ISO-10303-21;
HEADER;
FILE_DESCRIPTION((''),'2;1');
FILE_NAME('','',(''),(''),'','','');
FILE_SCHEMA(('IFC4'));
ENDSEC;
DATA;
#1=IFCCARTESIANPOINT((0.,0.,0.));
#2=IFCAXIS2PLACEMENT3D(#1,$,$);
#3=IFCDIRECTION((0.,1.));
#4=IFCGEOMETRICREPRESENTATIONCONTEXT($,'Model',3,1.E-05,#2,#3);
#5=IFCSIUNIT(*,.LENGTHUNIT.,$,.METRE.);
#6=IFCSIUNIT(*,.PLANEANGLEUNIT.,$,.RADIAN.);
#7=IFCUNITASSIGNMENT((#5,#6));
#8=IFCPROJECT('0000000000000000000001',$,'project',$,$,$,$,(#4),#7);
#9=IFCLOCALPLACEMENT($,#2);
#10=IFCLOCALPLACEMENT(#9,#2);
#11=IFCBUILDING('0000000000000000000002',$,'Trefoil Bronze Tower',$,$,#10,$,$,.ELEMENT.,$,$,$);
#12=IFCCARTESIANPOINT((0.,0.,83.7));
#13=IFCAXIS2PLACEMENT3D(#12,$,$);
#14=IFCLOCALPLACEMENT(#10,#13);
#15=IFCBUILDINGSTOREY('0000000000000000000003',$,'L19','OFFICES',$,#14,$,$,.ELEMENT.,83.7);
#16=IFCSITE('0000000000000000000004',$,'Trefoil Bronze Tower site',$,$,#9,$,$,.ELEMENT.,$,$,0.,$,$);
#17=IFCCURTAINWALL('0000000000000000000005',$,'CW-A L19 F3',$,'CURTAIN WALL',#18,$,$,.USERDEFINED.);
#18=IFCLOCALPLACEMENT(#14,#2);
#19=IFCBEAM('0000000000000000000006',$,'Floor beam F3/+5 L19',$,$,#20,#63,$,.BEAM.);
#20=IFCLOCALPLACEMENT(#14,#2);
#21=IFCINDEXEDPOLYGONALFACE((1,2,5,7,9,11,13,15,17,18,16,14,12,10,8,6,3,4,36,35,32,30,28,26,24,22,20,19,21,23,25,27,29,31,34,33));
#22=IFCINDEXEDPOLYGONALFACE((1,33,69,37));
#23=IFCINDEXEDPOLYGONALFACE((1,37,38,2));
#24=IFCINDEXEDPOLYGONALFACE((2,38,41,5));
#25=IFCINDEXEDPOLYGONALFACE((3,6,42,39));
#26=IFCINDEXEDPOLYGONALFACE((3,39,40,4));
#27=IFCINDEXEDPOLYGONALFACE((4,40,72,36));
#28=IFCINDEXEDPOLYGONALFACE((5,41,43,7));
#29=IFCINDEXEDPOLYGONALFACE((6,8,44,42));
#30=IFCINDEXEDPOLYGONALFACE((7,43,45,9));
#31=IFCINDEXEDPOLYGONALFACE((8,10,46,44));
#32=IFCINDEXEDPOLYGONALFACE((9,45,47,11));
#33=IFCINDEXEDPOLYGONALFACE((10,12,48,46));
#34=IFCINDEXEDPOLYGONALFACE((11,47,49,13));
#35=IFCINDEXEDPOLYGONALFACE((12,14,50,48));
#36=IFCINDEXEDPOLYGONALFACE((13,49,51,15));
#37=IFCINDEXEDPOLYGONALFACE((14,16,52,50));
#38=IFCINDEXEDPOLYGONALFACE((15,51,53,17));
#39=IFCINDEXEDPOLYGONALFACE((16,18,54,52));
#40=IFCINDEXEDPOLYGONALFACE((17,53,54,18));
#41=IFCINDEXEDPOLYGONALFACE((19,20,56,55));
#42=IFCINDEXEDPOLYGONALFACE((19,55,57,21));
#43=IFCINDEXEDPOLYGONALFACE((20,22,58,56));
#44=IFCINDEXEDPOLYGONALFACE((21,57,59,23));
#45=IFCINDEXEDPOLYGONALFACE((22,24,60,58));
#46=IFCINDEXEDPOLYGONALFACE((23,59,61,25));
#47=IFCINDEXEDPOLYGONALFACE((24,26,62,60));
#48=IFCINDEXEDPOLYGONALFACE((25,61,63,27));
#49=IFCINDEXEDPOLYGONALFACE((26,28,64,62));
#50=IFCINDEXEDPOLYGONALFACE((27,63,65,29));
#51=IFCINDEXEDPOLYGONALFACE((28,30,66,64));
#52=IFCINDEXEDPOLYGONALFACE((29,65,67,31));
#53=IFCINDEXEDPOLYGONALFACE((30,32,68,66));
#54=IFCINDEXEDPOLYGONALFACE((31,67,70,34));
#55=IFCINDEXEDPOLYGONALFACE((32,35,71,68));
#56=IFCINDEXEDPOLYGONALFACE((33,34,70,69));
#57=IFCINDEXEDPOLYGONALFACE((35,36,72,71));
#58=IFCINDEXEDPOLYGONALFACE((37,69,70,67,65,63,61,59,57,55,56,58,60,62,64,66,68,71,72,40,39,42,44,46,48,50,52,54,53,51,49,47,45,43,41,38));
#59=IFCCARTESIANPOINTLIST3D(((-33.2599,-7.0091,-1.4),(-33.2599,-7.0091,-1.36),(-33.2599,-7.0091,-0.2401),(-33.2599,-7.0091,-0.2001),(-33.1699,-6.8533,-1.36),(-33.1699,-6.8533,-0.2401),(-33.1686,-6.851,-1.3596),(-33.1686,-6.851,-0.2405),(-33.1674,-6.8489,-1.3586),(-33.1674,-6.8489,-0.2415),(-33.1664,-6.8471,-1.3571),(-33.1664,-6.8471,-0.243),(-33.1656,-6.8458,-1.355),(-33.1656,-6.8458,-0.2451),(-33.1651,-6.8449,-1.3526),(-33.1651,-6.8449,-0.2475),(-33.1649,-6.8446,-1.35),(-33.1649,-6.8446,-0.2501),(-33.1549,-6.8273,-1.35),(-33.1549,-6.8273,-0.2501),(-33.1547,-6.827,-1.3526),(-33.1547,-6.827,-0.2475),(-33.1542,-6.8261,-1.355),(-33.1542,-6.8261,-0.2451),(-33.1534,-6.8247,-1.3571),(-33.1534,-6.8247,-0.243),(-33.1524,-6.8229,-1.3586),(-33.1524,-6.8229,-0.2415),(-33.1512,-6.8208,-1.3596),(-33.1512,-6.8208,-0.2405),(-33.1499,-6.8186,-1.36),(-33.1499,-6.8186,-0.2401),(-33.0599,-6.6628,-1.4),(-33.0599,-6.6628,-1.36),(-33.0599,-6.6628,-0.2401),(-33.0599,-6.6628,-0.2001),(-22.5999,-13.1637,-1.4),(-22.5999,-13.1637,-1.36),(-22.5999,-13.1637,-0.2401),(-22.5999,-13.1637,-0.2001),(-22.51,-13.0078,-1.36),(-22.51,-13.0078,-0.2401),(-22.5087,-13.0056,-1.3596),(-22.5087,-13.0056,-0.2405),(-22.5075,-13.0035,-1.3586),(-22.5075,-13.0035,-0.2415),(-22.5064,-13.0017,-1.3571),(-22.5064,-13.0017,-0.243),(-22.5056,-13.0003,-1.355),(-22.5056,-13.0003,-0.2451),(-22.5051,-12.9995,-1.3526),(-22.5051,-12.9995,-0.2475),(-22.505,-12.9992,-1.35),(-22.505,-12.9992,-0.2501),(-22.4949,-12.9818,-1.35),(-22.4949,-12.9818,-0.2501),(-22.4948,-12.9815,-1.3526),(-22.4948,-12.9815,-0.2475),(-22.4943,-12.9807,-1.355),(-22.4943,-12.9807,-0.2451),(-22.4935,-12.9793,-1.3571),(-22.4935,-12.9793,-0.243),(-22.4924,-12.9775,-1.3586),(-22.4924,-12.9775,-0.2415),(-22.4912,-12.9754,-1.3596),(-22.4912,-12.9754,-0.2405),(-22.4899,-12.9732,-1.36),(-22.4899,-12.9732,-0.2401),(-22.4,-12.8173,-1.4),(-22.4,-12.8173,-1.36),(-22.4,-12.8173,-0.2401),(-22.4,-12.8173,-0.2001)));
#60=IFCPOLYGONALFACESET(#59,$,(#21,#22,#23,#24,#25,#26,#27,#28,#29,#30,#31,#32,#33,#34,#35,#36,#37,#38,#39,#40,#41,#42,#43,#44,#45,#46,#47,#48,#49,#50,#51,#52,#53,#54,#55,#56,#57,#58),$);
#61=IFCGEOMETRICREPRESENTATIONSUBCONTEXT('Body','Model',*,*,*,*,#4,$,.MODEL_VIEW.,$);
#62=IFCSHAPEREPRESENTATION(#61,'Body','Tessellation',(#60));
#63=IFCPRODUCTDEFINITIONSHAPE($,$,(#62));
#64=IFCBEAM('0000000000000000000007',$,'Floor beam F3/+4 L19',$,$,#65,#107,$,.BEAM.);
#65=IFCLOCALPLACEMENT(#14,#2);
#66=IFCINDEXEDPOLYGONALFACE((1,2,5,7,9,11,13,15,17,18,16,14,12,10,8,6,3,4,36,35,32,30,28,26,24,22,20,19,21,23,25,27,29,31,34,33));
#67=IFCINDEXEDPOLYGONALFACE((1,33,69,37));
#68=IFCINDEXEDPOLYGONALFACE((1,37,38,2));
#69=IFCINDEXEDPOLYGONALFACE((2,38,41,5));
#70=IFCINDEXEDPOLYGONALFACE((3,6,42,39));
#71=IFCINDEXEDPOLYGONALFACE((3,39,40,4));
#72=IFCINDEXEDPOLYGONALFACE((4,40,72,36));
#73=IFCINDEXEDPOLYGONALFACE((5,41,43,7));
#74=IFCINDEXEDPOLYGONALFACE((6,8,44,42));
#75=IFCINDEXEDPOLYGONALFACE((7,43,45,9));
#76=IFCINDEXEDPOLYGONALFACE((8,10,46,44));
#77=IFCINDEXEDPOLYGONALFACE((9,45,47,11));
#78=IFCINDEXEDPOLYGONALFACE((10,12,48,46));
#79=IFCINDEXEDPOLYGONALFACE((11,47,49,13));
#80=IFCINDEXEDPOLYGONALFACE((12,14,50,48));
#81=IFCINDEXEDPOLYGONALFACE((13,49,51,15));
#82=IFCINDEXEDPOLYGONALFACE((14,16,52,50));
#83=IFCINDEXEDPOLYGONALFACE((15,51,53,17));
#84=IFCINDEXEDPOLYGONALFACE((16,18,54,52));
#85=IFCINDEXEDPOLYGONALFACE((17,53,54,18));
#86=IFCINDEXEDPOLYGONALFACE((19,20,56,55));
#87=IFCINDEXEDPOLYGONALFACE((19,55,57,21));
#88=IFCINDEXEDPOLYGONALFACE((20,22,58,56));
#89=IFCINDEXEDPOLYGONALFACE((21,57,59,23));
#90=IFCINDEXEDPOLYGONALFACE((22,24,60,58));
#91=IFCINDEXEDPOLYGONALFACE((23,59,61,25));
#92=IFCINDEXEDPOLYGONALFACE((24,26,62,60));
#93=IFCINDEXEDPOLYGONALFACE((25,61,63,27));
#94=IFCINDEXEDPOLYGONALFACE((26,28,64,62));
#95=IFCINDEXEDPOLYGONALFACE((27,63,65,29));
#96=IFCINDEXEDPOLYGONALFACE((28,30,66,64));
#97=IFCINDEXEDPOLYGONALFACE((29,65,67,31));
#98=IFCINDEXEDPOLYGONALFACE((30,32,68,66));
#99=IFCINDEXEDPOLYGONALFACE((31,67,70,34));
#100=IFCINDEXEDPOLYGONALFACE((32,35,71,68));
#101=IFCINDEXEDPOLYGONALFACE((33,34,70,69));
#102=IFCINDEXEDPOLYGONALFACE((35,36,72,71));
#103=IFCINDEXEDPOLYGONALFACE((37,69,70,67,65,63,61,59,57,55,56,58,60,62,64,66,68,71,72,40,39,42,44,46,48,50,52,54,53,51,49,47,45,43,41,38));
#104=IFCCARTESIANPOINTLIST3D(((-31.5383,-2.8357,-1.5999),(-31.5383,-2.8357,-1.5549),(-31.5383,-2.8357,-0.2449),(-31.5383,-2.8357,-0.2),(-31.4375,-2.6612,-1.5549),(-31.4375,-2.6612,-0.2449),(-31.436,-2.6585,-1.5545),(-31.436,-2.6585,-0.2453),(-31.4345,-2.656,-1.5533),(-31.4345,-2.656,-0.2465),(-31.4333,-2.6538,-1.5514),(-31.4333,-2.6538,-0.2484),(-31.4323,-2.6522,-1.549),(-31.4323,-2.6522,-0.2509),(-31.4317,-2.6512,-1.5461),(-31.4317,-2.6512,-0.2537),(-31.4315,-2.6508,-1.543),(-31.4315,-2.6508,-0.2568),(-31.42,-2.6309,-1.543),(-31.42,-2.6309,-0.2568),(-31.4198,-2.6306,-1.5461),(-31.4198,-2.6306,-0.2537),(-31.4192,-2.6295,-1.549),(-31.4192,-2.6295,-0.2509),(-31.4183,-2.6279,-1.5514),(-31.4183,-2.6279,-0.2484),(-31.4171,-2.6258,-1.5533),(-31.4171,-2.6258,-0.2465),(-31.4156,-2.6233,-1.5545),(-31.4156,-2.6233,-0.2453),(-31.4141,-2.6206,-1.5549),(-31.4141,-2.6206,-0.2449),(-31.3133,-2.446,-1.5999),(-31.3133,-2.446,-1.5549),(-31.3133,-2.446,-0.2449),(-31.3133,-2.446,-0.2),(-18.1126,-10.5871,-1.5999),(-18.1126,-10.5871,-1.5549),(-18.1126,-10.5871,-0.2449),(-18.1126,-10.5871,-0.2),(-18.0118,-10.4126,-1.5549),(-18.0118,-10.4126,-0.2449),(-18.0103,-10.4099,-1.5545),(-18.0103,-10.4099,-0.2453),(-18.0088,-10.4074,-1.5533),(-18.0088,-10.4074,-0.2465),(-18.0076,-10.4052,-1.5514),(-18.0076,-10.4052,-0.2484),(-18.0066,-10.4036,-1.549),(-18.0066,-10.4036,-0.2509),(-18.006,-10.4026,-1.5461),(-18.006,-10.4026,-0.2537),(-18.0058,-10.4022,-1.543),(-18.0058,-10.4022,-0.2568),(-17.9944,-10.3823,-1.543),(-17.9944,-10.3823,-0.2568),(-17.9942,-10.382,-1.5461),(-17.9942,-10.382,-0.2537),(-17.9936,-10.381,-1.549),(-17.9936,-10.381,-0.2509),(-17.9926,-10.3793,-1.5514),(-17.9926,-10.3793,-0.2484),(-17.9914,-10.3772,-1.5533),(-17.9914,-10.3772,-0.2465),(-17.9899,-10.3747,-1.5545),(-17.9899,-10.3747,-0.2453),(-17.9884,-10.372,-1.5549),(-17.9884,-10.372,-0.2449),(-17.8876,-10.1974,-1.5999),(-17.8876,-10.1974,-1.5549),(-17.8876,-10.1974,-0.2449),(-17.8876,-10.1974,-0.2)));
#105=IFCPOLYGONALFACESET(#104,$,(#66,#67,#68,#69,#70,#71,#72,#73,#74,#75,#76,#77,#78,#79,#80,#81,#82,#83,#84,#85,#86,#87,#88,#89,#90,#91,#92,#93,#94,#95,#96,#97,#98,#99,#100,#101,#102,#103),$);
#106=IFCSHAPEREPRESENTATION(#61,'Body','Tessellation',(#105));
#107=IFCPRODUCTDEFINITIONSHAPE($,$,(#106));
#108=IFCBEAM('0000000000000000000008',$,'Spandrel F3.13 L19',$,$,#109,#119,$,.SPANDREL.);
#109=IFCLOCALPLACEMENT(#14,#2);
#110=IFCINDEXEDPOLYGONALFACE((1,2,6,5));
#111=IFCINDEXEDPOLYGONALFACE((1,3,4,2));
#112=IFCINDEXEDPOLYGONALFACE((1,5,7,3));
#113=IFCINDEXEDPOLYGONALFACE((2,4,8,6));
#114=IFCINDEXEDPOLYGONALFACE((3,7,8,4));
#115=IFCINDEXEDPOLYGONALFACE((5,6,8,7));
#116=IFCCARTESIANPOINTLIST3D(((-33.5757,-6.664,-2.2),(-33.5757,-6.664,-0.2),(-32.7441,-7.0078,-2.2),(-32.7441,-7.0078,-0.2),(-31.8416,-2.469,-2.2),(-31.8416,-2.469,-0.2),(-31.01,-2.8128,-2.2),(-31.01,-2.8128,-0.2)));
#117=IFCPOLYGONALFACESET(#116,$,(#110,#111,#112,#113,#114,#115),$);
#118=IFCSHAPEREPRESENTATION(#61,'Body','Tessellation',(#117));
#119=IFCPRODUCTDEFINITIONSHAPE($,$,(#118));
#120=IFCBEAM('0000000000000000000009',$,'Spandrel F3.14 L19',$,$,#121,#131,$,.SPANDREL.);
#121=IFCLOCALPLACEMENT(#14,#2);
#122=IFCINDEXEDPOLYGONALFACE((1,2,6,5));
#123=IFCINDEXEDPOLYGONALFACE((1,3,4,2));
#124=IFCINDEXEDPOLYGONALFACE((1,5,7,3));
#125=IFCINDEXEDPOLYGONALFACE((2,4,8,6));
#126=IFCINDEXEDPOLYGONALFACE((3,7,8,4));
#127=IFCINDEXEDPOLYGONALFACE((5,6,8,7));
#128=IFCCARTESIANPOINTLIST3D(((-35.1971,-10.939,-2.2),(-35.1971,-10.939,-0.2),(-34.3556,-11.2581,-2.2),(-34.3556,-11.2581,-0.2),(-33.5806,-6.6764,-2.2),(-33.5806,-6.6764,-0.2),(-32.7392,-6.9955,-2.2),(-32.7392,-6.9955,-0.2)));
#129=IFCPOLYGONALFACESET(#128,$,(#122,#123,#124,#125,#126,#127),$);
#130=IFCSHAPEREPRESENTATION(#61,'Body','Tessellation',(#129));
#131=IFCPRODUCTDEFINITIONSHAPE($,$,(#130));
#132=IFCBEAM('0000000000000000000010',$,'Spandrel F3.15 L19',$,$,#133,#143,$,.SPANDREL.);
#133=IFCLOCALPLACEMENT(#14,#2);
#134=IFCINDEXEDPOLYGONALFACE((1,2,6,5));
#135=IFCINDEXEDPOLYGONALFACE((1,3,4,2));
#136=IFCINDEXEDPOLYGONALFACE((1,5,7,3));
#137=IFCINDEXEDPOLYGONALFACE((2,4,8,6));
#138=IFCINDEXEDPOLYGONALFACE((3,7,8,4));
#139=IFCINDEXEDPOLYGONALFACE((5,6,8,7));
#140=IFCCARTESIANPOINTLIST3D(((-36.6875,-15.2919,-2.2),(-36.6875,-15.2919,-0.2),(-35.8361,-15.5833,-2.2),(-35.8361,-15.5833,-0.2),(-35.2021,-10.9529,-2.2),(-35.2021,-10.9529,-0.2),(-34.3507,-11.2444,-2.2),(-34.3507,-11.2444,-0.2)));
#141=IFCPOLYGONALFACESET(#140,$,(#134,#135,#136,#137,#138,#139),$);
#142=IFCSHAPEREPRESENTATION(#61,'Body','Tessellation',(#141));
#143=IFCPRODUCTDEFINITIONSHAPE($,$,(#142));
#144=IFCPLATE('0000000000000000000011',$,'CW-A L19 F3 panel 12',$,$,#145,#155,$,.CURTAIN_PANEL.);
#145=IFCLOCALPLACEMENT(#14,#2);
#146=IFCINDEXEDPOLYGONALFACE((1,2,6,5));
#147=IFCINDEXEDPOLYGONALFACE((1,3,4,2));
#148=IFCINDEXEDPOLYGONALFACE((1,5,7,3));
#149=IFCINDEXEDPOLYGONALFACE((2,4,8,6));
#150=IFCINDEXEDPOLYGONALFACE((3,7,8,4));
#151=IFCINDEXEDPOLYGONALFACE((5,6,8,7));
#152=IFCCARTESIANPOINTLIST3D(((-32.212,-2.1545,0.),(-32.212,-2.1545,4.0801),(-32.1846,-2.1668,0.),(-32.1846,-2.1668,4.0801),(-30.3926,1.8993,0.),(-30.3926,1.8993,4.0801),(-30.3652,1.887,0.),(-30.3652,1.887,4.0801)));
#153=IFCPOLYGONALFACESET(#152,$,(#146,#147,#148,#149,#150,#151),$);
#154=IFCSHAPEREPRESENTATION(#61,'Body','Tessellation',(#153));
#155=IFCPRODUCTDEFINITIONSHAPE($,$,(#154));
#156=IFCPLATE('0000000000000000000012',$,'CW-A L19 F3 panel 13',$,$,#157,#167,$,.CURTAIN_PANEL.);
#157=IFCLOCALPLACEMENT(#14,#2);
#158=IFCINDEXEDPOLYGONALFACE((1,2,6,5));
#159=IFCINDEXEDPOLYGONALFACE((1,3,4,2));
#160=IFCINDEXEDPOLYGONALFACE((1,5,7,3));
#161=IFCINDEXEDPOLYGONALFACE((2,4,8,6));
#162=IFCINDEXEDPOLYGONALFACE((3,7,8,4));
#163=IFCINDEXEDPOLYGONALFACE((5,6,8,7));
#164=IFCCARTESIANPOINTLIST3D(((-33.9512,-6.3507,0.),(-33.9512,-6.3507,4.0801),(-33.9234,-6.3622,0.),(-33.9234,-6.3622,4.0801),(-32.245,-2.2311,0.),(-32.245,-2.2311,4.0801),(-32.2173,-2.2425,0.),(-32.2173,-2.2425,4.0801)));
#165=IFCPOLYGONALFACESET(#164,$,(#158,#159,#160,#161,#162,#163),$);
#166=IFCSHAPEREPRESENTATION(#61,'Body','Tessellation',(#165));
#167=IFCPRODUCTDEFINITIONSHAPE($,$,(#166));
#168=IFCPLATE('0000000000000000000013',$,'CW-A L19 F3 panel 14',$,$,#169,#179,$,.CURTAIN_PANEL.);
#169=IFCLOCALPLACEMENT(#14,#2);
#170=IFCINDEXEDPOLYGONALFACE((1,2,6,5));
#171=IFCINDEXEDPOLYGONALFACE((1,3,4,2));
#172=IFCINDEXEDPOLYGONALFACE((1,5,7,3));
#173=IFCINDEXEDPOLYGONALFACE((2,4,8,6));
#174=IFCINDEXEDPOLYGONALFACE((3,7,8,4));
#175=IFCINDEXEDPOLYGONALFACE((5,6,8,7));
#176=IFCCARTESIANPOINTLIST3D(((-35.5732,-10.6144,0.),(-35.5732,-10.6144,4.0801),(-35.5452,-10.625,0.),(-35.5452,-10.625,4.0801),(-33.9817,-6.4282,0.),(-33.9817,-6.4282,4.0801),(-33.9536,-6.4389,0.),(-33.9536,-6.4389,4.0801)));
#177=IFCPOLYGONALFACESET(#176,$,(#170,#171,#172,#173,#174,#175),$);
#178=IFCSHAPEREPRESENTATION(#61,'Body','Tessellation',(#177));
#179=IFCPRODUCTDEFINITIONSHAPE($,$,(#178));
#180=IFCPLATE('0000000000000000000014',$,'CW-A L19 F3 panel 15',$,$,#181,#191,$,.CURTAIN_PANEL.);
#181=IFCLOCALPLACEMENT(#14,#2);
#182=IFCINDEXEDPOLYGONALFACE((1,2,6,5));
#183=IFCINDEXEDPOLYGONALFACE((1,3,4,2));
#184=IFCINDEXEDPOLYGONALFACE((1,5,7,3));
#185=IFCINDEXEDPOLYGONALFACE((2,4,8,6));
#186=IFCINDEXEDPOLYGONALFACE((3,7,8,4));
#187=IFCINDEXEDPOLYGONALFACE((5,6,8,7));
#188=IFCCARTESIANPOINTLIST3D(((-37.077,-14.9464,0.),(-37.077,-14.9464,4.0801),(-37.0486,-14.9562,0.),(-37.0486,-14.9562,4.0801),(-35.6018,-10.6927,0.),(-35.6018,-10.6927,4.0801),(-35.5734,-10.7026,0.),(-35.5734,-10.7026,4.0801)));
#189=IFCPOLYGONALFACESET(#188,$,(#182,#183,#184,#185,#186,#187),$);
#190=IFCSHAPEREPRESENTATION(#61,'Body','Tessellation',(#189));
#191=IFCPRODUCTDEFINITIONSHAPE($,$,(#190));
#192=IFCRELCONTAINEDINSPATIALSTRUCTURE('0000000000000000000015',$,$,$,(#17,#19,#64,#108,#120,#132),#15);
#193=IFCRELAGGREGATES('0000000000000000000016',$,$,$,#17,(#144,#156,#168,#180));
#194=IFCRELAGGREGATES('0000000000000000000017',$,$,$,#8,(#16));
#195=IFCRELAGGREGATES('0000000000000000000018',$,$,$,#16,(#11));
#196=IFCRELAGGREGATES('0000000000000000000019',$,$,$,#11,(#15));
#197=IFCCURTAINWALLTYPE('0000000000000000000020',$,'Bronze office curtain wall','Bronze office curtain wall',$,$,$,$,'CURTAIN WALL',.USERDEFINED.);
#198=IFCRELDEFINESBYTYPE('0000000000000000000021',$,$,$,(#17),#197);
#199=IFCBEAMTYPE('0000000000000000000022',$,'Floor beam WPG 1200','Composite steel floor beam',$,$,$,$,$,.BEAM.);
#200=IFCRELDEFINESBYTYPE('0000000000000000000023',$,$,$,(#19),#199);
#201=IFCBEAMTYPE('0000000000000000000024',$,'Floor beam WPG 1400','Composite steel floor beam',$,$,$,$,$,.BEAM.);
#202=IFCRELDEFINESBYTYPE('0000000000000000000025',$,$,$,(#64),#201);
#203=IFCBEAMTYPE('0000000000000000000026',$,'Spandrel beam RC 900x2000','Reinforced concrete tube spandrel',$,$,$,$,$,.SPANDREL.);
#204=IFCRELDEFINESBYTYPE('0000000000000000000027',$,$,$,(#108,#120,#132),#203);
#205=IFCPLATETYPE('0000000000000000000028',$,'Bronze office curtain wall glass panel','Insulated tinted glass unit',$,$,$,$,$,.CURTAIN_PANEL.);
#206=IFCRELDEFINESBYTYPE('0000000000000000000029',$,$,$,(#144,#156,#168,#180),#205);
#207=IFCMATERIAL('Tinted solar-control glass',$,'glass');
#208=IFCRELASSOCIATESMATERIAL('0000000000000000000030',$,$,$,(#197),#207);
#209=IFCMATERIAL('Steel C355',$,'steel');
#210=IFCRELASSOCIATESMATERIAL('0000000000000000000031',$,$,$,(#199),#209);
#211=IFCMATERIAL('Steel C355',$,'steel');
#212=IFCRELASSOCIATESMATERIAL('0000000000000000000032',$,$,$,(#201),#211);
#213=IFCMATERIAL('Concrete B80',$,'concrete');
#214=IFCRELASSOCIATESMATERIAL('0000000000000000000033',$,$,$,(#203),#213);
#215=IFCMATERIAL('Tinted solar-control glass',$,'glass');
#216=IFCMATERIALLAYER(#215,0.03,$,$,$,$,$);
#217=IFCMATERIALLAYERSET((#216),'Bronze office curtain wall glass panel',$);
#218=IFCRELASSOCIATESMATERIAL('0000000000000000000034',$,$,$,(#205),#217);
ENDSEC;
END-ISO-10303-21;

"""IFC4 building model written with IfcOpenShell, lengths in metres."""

from ifc_helpers import new_model, si_unit, direction, frame, origin, origin_2d, place, context, subcontext, project, spatial, rectangle, i_section, extrude, material, layer, layer_set, material_profile, profile_set, type_object, element, aggregate, save


model = new_model("IFC4")

# Units and contexts
model_context = context("Model", 3, precision=1e-05, world=origin(), true_north=direction((0.0, 1.0)))
body_context = subcontext(model_context, "Body", "Model", "MODEL_VIEW")
ifc_project = project(units=[si_unit("LENGTHUNIT", "METRE"), si_unit("PLANEANGLEUNIT", "RADIAN")], contexts=[model_context])

# Site, building, storey
site_placement = place(None, origin())
site = spatial("IfcSite", under=ifc_project, at=site_placement, Name="Trefoil Bronze Tower site", CompositionType="ELEMENT", RefElevation=0.0)
building_placement = place(site_placement, origin())
building = spatial("IfcBuilding", under=site, at=building_placement, Name="Trefoil Bronze Tower", CompositionType="ELEMENT")
storey_placement = place(building_placement, frame((0.0, 0.0, 83.7)))
storey = spatial("IfcBuildingStorey", under=building, at=storey_placement, Name="L19", Description="OFFICES", CompositionType="ELEMENT", Elevation=83.7)

# Curtain wall
ifc_material_1 = material(Name="Tinted solar-control glass", Category="glass")
curtain_wall_type_1 = type_object("IfcCurtainWallType", Name="Bronze office curtain wall", Description="Bronze office curtain wall", ElementType="CURTAIN WALL", PredefinedType="USERDEFINED", material=ifc_material_1)
curtain_wall_1_placement = place(storey_placement, origin())
curtain_wall_1 = element("IfcCurtainWall", 1, at=curtain_wall_1_placement, inside=storey, type_object=curtain_wall_type_1, Name="CW-A L19 F3", ObjectType="CURTAIN WALL", PredefinedType="USERDEFINED")

# Beams
ifc_material_2 = material(Name="Steel C355", Category="steel")
ifc_material_profile_1 = material_profile(ifc_material_2, i_section(OverallWidth=0.3999, OverallDepth=1.2, WebThickness=0.02, FlangeThickness=0.04, FilletRadius=0.01, at=origin_2d()), Name="WPG 1200")
ifc_profile_set_1 = profile_set([ifc_material_profile_1], Name="Steel C355")
beam_type_1 = type_object("IfcBeamType", Name="Floor beam WPG 1200", Description="Composite steel floor beam", PredefinedType="BEAM", material=ifc_profile_set_1)
beam_1_placement = place(storey_placement, frame((-33.1599, -6.8359, -0.8), z_axis=(0.866024, -0.500002, 0.0), x_axis=(0.500002, 0.866024, 0.0)))
element("IfcBeam", 2, at=beam_1_placement, inside=storey, type_object=beam_type_1, Name="Floor beam F3/+5 L19", PredefinedType="BEAM", context=body_context, shape_type="SweptSolid", body=[
    extrude(i_section(OverallWidth=0.3999, OverallDepth=1.2, WebThickness=0.02, FlangeThickness=0.04, FilletRadius=0.01, at=origin_2d()), origin(), (0.0, 0.0, 1.0), 12.3091),
])
ifc_material_3 = material(Name="Steel C355", Category="steel")
ifc_material_profile_2 = material_profile(ifc_material_3, i_section(OverallWidth=0.45, OverallDepth=1.3999, WebThickness=0.0229, FlangeThickness=0.0449, FilletRadius=0.012, at=origin_2d()), Name="WPG 1400")
ifc_profile_set_2 = profile_set([ifc_material_profile_2], Name="Steel C355")
beam_type_2 = type_object("IfcBeamType", Name="Floor beam WPG 1400", Description="Composite steel floor beam", PredefinedType="BEAM", material=ifc_profile_set_2)
beam_2_placement = place(storey_placement, frame((-31.4258, -2.6409, -0.8999), z_axis=(0.866023, -0.500004, 0.0), x_axis=(0.500004, 0.866023, 0.0)))
element("IfcBeam", 3, at=beam_2_placement, inside=storey, type_object=beam_type_2, Name="Floor beam F3/+4 L19", PredefinedType="BEAM", context=body_context, shape_type="SweptSolid", body=[
    extrude(i_section(OverallWidth=0.45, OverallDepth=1.3999, WebThickness=0.0229, FlangeThickness=0.0449, FilletRadius=0.012, at=origin_2d()), origin(), (0.0, 0.0, 1.0), 15.5027),
])
ifc_material_4 = material(Name="Concrete B80", Category="concrete")
ifc_material_profile_3 = material_profile(ifc_material_4, rectangle(XDim=0.8999, YDim=2.0, at=origin_2d()), Name="RC 900x2000")
ifc_profile_set_3 = profile_set([ifc_material_profile_3], Name="Concrete B80")
beam_type_3 = type_object("IfcBeamType", Name="Spandrel beam RC 900x2000", Description="Reinforced concrete tube spandrel", PredefinedType="SPANDREL", material=ifc_profile_set_3)
beam_3_placement = place(storey_placement, frame((-31.4258, -2.6409, -1.2), z_axis=(-0.382021, -0.924154, 0.0), x_axis=(0.924154, -0.382021, 0.0)))
element("IfcBeam", 4, at=beam_3_placement, inside=storey, type_object=beam_type_3, Name="Spandrel F3.13 L19", PredefinedType="SPANDREL", context=body_context, shape_type="SweptSolid", body=[
    extrude(rectangle(XDim=0.8999, YDim=2.0, at=origin_2d()), origin(), (0.0, 0.0, 1.0), 4.5393),
])
beam_4_placement = place(storey_placement, frame((-33.1599, -6.8359, -1.2), z_axis=(-0.354572, -0.935029, 0.0), x_axis=(0.935029, -0.354572, 0.0)))
element("IfcBeam", 5, at=beam_4_placement, inside=storey, type_object=beam_type_3, Name="Spandrel F3.14 L19", PredefinedType="SPANDREL", context=body_context, shape_type="SweptSolid", body=[
    extrude(rectangle(XDim=0.8999, YDim=2.0, at=origin_2d()), origin(), (0.0, 0.0, 1.0), 4.5588),
])
beam_5_placement = place(storey_placement, frame((-34.7764, -11.0986, -1.2), z_axis=(-0.323883, -0.946097, 0.0), x_axis=(0.946097, -0.323883, 0.0)))
element("IfcBeam", 6, at=beam_5_placement, inside=storey, type_object=beam_type_3, Name="Spandrel F3.15 L19", PredefinedType="SPANDREL", context=body_context, shape_type="SweptSolid", body=[
    extrude(rectangle(XDim=0.8999, YDim=2.0, at=origin_2d()), origin(), (0.0, 0.0, 1.0), 4.5862),
])

# Plates
ifc_material_5 = material(Name="Tinted solar-control glass", Category="glass")
ifc_layer_1 = layer(ifc_material_5, 0.03)
ifc_layer_set_1 = layer_set([ifc_layer_1], Name="Bronze office curtain wall glass panel")
plate_type_1 = type_object("IfcPlateType", Name="Bronze office curtain wall glass panel", Description="Insulated tinted glass unit", PredefinedType="CURTAIN_PANEL", material=ifc_layer_set_1)
plate_1_placement = place(storey_placement, frame((-31.2886, -0.1338, 0.0), z_axis=(0.0, 0.0, 1.0), x_axis=(-0.409456, -0.91233, 0.0)))
plate_1 = element("IfcPlate", 7, at=plate_1_placement, type_object=plate_type_1, Name="CW-A L19 F3 panel 12", PredefinedType="CURTAIN_PANEL", context=body_context, shape_type="SweptSolid", body=[
    extrude(rectangle(XDim=4.4434, YDim=0.03, at=origin_2d()), origin(), (0.0, 0.0, 1.0), 4.0801),
])
plate_2_placement = place(storey_placement, frame((-33.0842, -4.2966, 0.0), z_axis=(0.0, 0.0, 1.0), x_axis=(-0.38263, -0.923902, 0.0)))
plate_2 = element("IfcPlate", 8, at=plate_2_placement, type_object=plate_type_1, Name="CW-A L19 F3 panel 13", PredefinedType="CURTAIN_PANEL", context=body_context, shape_type="SweptSolid", body=[
    extrude(rectangle(XDim=4.459, YDim=0.03, at=origin_2d()), origin(), (0.0, 0.0, 1.0), 4.0801),
])
plate_3_placement = place(storey_placement, frame((-34.7634, -8.5266, 0.0), z_axis=(0.0, 0.0, 1.0), x_axis=(-0.355371, -0.934725, 0.0)))
plate_3 = element("IfcPlate", 9, at=plate_3_placement, type_object=plate_type_1, Name="CW-A L19 F3 panel 14", PredefinedType="CURTAIN_PANEL", context=body_context, shape_type="SweptSolid", body=[
    extrude(rectangle(XDim=4.4785, YDim=0.03, at=origin_2d()), origin(), (0.0, 0.0, 1.0), 4.0801),
])
plate_4_placement = place(storey_placement, frame((-36.3252, -12.8245, 0.0), z_axis=(0.0, 0.0, 1.0), x_axis=(-0.327674, -0.944791, 0.0)))
plate_4 = element("IfcPlate", 10, at=plate_4_placement, type_object=plate_type_1, Name="CW-A L19 F3 panel 15", PredefinedType="CURTAIN_PANEL", context=body_context, shape_type="SweptSolid", body=[
    extrude(rectangle(XDim=4.5022, YDim=0.03, at=origin_2d()), origin(), (0.0, 0.0, 1.0), 4.0801),
])
aggregate(curtain_wall_1, [plate_1, plate_2, plate_3, plate_4])

save(model, "model.ifc")
